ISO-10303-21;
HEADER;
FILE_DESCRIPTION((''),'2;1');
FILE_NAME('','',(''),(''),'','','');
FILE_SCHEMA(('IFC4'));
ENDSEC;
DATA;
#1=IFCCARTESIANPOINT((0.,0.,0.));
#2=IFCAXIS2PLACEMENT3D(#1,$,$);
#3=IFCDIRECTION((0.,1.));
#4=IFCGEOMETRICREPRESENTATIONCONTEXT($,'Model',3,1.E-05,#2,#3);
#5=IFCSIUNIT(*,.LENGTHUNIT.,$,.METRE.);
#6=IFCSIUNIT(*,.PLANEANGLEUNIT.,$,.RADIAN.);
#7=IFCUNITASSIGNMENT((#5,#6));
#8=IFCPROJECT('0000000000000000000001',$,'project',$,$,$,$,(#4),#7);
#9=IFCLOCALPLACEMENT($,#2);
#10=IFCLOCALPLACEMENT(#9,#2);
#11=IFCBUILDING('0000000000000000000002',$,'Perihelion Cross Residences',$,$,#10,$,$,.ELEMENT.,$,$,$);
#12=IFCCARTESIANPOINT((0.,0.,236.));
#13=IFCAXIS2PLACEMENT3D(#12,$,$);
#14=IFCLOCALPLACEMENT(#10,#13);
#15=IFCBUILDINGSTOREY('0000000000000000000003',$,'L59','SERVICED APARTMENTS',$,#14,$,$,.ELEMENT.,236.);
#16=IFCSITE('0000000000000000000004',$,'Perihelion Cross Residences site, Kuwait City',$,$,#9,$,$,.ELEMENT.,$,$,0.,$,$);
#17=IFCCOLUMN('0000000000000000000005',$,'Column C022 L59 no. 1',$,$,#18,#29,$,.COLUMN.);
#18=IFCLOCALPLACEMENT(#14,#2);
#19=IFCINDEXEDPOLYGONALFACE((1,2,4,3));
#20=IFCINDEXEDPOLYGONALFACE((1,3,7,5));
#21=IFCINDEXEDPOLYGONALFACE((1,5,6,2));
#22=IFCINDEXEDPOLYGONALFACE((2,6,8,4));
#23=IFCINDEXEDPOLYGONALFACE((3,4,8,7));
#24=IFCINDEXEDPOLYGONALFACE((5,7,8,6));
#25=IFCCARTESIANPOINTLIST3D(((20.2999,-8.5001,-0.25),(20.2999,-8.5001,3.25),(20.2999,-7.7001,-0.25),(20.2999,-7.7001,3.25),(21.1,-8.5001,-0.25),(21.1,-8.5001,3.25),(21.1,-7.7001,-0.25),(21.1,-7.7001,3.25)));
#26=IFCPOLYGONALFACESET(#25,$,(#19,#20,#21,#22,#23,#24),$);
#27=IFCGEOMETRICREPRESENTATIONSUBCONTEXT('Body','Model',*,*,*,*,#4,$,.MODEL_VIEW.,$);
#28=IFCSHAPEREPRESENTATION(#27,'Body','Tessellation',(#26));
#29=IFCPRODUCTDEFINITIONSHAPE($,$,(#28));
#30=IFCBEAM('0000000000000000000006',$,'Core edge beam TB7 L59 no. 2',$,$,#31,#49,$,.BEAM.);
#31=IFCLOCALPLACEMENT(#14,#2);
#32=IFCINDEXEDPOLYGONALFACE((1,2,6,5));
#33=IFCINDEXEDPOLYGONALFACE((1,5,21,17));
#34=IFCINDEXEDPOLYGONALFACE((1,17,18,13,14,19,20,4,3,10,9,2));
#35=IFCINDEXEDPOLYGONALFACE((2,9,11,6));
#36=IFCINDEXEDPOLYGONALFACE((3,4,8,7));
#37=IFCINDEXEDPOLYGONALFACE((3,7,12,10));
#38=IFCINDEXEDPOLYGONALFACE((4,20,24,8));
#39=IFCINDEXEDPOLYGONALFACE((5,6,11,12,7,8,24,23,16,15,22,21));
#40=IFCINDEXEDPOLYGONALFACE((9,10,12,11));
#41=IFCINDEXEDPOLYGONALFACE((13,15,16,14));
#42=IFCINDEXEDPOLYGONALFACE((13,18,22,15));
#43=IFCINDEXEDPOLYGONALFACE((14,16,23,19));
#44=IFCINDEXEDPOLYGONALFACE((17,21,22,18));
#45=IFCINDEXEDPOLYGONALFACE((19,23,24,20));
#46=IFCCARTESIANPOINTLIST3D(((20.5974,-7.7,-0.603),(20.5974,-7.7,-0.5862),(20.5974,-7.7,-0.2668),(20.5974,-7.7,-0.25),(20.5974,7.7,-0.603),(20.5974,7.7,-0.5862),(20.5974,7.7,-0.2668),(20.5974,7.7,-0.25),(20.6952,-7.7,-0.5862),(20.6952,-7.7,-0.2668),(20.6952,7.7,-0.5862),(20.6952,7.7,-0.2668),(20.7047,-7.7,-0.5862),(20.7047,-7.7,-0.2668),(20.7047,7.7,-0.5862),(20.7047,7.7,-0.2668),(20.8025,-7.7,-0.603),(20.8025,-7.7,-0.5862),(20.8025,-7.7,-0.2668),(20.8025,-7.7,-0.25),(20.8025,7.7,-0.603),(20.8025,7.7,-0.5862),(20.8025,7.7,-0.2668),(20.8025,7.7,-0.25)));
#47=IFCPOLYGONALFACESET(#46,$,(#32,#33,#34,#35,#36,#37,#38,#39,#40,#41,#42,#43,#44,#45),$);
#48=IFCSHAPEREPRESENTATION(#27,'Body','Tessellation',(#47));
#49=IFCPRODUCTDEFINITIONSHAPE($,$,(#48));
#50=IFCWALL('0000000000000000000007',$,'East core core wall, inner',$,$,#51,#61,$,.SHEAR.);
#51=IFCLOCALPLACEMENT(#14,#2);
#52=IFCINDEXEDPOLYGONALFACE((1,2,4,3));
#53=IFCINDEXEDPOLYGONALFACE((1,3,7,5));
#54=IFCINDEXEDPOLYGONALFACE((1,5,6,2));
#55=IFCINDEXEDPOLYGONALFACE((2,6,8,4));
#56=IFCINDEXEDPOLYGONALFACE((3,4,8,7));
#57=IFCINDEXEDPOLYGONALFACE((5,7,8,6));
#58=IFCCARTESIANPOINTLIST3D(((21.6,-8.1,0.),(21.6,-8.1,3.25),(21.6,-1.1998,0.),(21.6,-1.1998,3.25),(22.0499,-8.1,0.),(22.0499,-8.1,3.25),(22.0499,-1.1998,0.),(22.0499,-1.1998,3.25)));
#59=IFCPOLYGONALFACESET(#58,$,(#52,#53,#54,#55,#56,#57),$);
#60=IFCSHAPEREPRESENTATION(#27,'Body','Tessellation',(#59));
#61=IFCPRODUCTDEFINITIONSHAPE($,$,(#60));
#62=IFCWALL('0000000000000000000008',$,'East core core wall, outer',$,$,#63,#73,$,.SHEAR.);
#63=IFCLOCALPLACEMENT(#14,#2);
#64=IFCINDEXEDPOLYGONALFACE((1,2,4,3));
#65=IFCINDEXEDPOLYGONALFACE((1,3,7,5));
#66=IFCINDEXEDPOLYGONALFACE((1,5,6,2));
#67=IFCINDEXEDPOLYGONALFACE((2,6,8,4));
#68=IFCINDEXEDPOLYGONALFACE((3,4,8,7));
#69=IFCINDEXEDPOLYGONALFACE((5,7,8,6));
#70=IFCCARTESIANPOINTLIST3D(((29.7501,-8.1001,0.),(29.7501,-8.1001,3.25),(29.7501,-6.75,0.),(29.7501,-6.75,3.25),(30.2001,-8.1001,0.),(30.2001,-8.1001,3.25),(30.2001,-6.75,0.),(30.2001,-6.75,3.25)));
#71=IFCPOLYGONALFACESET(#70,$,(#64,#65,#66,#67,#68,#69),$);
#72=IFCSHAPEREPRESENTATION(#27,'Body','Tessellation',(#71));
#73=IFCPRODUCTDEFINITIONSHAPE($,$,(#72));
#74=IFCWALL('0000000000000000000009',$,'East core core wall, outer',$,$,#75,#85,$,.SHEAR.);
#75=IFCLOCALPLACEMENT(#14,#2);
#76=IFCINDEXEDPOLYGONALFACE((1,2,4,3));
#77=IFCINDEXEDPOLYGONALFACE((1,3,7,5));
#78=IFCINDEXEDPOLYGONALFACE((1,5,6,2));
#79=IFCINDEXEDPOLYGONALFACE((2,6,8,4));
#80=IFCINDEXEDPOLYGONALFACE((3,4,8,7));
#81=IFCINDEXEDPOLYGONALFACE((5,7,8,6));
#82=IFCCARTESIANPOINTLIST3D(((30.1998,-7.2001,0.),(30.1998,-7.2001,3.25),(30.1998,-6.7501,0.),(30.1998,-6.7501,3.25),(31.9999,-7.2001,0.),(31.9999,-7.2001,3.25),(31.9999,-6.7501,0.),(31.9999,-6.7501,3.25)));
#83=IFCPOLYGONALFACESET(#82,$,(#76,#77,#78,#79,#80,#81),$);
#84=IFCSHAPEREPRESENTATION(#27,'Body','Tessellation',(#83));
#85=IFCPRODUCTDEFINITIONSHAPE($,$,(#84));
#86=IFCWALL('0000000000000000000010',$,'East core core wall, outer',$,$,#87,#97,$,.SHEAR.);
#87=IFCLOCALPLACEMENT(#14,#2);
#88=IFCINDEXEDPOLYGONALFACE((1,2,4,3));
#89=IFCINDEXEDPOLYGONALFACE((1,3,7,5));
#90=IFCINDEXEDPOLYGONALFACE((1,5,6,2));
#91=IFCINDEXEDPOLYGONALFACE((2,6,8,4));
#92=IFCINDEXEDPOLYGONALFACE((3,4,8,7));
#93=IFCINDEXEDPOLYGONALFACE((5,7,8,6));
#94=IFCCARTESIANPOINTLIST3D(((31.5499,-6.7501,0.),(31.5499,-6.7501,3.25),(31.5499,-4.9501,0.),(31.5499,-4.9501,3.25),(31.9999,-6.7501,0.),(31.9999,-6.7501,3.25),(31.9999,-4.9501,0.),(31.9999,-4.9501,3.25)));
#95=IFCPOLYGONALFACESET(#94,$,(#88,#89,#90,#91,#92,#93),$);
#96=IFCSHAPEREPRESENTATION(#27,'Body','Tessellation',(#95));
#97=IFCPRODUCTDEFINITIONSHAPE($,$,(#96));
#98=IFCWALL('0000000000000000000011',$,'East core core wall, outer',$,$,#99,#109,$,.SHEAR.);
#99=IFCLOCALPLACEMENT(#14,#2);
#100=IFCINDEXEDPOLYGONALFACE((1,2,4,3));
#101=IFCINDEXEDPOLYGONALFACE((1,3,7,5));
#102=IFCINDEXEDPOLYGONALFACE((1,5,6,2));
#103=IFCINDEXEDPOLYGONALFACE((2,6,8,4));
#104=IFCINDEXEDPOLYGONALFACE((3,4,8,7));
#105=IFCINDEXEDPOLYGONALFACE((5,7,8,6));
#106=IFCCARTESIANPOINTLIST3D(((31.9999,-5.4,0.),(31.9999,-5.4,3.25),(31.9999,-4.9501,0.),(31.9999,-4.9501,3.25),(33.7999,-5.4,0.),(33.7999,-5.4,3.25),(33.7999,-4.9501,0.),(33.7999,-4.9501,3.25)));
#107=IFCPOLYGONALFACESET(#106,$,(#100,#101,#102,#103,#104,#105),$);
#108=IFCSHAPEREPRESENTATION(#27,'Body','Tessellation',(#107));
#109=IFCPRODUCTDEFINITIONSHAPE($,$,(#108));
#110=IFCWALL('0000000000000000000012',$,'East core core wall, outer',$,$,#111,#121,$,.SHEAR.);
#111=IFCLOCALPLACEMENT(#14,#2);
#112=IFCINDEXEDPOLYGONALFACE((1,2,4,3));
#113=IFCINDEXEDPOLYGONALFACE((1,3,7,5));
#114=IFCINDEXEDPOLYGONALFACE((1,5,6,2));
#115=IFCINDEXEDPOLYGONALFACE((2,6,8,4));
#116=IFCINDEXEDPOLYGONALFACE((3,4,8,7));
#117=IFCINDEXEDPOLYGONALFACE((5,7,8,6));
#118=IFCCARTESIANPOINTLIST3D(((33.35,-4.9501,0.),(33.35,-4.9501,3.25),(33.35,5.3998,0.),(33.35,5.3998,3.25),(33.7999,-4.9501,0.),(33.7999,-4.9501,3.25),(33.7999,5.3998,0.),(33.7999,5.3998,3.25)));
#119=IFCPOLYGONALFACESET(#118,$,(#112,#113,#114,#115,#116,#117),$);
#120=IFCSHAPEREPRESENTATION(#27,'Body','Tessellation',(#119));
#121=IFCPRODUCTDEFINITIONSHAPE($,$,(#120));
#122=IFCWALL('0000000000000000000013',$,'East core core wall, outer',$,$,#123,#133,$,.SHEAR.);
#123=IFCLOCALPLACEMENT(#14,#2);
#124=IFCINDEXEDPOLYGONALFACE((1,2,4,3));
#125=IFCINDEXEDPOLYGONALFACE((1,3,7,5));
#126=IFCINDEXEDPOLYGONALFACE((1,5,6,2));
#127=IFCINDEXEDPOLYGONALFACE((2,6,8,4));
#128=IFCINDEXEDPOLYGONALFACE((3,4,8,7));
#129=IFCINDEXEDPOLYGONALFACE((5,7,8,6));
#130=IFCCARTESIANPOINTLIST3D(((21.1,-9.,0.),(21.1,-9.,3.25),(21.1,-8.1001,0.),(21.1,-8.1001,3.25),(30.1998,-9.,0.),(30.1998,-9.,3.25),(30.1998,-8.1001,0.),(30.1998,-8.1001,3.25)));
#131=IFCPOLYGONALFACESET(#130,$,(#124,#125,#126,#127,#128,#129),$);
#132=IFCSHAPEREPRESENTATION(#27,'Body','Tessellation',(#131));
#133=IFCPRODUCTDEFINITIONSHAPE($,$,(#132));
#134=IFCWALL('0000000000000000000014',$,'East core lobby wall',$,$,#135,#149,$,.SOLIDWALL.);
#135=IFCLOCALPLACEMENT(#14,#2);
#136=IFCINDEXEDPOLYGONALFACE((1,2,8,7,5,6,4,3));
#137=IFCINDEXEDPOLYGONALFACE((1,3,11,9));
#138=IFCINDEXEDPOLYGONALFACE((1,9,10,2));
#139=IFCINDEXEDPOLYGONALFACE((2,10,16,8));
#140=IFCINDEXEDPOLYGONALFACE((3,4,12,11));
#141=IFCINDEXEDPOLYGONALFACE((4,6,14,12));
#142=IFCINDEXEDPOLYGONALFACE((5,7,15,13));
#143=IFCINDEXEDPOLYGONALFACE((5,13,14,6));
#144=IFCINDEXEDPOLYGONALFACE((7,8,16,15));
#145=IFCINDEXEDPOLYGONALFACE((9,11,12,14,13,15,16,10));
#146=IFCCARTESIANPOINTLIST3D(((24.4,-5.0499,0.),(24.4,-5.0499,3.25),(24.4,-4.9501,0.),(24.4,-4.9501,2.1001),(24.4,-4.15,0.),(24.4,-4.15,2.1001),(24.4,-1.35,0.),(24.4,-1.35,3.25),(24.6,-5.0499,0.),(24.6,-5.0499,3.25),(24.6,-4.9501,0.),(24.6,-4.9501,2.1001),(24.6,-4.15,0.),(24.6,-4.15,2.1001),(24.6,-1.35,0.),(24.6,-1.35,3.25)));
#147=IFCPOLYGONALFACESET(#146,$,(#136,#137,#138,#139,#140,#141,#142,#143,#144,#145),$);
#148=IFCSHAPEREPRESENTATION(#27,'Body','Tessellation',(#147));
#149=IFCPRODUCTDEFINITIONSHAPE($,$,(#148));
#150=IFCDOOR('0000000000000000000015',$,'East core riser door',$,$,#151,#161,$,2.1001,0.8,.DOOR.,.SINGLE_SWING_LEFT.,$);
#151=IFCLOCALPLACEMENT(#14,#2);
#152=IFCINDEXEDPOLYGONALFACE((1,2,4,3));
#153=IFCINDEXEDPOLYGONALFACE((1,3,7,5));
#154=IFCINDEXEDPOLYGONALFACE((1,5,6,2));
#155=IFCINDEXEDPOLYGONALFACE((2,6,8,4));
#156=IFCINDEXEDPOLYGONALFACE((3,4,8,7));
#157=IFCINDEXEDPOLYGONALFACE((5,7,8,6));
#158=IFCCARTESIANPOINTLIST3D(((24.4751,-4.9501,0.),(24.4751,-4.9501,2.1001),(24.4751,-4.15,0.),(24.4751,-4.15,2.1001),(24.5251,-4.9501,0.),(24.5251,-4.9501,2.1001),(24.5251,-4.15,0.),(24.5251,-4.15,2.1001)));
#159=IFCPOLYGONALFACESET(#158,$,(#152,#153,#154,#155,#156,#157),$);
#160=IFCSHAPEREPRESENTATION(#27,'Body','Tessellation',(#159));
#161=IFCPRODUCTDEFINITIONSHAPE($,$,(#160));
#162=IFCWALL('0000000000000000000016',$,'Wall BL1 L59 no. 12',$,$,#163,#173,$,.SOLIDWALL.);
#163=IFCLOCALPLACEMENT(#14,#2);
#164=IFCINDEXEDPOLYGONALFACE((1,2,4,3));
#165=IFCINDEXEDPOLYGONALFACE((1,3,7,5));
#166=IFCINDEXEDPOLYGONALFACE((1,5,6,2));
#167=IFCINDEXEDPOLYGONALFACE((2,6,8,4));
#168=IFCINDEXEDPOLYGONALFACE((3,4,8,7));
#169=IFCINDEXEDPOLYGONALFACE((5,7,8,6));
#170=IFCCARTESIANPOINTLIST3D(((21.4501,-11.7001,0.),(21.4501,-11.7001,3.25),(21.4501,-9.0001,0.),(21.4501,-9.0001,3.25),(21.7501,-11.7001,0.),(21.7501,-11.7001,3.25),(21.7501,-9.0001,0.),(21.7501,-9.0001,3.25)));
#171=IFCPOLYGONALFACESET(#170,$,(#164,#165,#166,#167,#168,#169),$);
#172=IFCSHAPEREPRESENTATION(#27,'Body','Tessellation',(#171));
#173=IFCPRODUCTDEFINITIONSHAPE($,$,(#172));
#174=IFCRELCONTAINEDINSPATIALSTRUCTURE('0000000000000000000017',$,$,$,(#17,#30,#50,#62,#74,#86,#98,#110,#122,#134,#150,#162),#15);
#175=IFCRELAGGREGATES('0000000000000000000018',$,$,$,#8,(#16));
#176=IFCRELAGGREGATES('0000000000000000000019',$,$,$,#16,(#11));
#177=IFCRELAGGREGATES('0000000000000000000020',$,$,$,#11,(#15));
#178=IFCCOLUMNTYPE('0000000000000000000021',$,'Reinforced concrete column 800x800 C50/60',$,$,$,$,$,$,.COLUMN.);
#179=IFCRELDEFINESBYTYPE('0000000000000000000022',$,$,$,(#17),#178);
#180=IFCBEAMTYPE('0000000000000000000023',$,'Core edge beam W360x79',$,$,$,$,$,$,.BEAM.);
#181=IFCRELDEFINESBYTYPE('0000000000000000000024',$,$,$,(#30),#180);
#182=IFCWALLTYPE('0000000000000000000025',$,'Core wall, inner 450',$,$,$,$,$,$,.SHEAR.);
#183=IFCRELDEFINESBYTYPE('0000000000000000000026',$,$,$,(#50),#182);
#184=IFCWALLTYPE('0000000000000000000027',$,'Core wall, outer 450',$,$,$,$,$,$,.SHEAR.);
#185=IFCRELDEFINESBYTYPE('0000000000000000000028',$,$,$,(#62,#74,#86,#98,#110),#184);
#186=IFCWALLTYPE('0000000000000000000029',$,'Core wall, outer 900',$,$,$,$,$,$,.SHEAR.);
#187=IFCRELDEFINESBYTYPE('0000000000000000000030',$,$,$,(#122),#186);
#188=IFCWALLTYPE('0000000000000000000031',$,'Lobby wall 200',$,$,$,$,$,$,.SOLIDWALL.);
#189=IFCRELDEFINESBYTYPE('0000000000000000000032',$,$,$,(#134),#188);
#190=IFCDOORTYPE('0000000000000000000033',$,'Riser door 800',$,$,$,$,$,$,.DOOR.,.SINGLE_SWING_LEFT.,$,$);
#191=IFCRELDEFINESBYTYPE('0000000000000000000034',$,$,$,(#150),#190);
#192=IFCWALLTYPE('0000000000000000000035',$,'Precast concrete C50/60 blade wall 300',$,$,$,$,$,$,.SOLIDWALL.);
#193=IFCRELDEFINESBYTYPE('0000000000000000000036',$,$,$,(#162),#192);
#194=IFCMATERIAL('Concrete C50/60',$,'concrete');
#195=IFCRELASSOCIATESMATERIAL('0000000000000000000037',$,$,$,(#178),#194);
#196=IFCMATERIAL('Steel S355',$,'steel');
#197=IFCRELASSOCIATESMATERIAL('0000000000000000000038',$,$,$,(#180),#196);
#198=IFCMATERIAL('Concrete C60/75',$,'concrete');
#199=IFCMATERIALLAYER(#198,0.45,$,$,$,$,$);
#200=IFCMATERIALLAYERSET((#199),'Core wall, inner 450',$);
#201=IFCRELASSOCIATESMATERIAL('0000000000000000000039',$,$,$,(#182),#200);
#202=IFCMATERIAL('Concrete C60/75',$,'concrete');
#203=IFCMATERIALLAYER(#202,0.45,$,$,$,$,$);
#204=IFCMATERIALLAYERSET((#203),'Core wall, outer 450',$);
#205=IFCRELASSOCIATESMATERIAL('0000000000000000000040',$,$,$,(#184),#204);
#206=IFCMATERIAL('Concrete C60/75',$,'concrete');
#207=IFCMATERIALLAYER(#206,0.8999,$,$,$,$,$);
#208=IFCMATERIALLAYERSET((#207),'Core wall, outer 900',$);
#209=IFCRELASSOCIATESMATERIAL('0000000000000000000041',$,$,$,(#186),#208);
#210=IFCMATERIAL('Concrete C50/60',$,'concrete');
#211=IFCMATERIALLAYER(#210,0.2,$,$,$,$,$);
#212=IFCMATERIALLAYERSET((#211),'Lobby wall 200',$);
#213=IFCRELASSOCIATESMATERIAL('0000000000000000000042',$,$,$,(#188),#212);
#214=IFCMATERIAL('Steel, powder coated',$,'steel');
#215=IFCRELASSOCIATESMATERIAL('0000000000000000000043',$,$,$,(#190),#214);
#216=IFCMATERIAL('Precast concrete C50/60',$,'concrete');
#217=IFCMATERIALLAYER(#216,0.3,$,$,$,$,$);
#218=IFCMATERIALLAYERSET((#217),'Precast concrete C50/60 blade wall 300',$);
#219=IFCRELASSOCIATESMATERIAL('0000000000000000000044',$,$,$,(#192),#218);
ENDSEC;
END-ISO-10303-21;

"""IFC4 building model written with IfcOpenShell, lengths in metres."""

from ifc_helpers import new_model, si_unit, direction, frame, frame_2d, origin, origin_2d, place, context, subcontext, project, spatial, rectangle, i_section, extrude, material, layer, layer_set, material_profile, profile_set, type_object, element, fill, save


model = new_model("IFC4")

# Units and contexts
model_context = context("Model", 3, precision=1e-05, world=origin(), true_north=direction((0.0, 1.0)))
body_context = subcontext(model_context, "Body", "Model", "MODEL_VIEW")
ifc_project = project(units=[si_unit("LENGTHUNIT", "METRE"), si_unit("PLANEANGLEUNIT", "RADIAN")], contexts=[model_context])

# Site, building, storey
site_placement = place(None, origin())
site = spatial("IfcSite", under=ifc_project, at=site_placement, Name="Perihelion Cross Residences site, Kuwait City", CompositionType="ELEMENT", RefElevation=0.0)
building_placement = place(site_placement, origin())
building = spatial("IfcBuilding", under=site, at=building_placement, Name="Perihelion Cross Residences", CompositionType="ELEMENT")
storey_placement = place(building_placement, frame((0.0, 0.0, 236.0)))
storey = spatial("IfcBuildingStorey", under=building, at=storey_placement, Name="L59", Description="SERVICED APARTMENTS", CompositionType="ELEMENT", Elevation=236.0)

# Column
ifc_material_1 = material(Name="Concrete C50/60", Category="concrete")
ifc_material_profile_1 = material_profile(ifc_material_1, rectangle(XDim=0.8, YDim=0.8, at=origin_2d()), Name="RC 800x800")
ifc_profile_set_1 = profile_set([ifc_material_profile_1], Name="Concrete C50/60")
column_type = type_object("IfcColumnType", Name="Reinforced concrete column 800x800 C50/60", PredefinedType="COLUMN", material=ifc_profile_set_1)
column_placement = place(storey_placement, frame((20.7, -8.1001, -0.25), z_axis=(0.0, 0.0, 1.0), x_axis=(1.0, 0.0, 0.0)))
element("IfcColumn", 1, at=column_placement, inside=storey, type_object=column_type, Name="Column C022 L59 no. 1", PredefinedType="COLUMN", context=body_context, shape_type="SweptSolid", body=[
    extrude(rectangle(XDim=0.8, YDim=0.8, at=origin_2d()), origin(), (0.0, 0.0, 1.0), 3.5),
])

# Beam
ifc_material_2 = material(Name="Steel S355", Category="steel")
ifc_material_profile_2 = material_profile(ifc_material_2, i_section(OverallWidth=0.2051, OverallDepth=0.353, WebThickness=0.0095, FlangeThickness=0.0168, at=origin_2d()), Name="W360x79")
ifc_profile_set_2 = profile_set([ifc_material_profile_2], Name="Steel S355")
beam_type = type_object("IfcBeamType", Name="Core edge beam W360x79", PredefinedType="BEAM", material=ifc_profile_set_2)
beam_placement = place(storey_placement, frame((20.7, -7.7, -0.4265), z_axis=(0.0, 1.0, 0.0), x_axis=(-1.0, 0.0, 0.0)))
element("IfcBeam", 2, at=beam_placement, inside=storey, type_object=beam_type, Name="Core edge beam TB7 L59 no. 2", PredefinedType="BEAM", context=body_context, shape_type="SweptSolid", body=[
    extrude(i_section(OverallWidth=0.2051, OverallDepth=0.353, WebThickness=0.0095, FlangeThickness=0.0168, at=origin_2d()), origin(), (0.0, 0.0, 1.0), 15.3999),
])

# Walls
ifc_material_3 = material(Name="Concrete C60/75", Category="concrete")
ifc_layer_1 = layer(ifc_material_3, 0.45)
ifc_layer_set_1 = layer_set([ifc_layer_1], Name="Core wall, inner 450")
wall_type_1 = type_object("IfcWallType", Name="Core wall, inner 450", PredefinedType="SHEAR", material=ifc_layer_set_1)
wall_1_placement = place(storey_placement, frame((21.825, -8.1001, 0.0), z_axis=(0.0, 0.0, 1.0), x_axis=(0.0, 1.0, 0.0)))
element("IfcWall", 3, at=wall_1_placement, inside=storey, type_object=wall_type_1, Name="East core core wall, inner", PredefinedType="SHEAR", context=body_context, shape_type="SweptSolid", body=[
    extrude(rectangle(XDim=6.9001, YDim=0.45, at=frame_2d((3.4502, 0.0))), origin(), (0.0, 0.0, 1.0), 3.25),
])
ifc_material_4 = material(Name="Concrete C60/75", Category="concrete")
ifc_layer_2 = layer(ifc_material_4, 0.45)
ifc_layer_set_2 = layer_set([ifc_layer_2], Name="Core wall, outer 450")
wall_type_2 = type_object("IfcWallType", Name="Core wall, outer 450", PredefinedType="SHEAR", material=ifc_layer_set_2)
wall_2_placement = place(storey_placement, frame((29.9751, -8.1001, 0.0), z_axis=(0.0, 0.0, 1.0), x_axis=(0.0, 1.0, 0.0)))
element("IfcWall", 4, at=wall_2_placement, inside=storey, type_object=wall_type_2, Name="East core core wall, outer", PredefinedType="SHEAR", context=body_context, shape_type="SweptSolid", body=[
    extrude(rectangle(XDim=1.3501, YDim=0.45, at=frame_2d((0.675, 0.0))), origin(), (0.0, 0.0, 1.0), 3.25),
])
for number, where, z_axis, x_axis, name in (
    (5, (30.2, -6.9751, 0.0), (0.0, 0.0, 1.0), (1.0, 0.0, 0.0), "East core core wall, outer"),
    (6, (31.7749, -6.75, 0.0), (0.0, 0.0, 1.0), (0.0, 1.0, 0.0), "East core core wall, outer"),
    (7, (32.0, -5.175, 0.0), (0.0, 0.0, 1.0), (1.0, 0.0, 0.0), "East core core wall, outer"),
):
    element("IfcWall", number, at=place(storey_placement, frame(where, z_axis=z_axis, x_axis=x_axis)), inside=storey, type_object=wall_type_2, Name=name, PredefinedType="SHEAR", context=body_context, shape_type="SweptSolid", body=[
        extrude(rectangle(XDim=1.8, YDim=0.45, at=frame_2d((0.8999, 0.0))), origin(), (0.0, 0.0, 1.0), 3.25),
    ])
wall_3_placement = place(storey_placement, frame((33.575, -4.95, 0.0), z_axis=(0.0, 0.0, 1.0), x_axis=(0.0, 1.0, 0.0)))
element("IfcWall", 8, at=wall_3_placement, inside=storey, type_object=wall_type_2, Name="East core core wall, outer", PredefinedType="SHEAR", context=body_context, shape_type="SweptSolid", body=[
    extrude(rectangle(XDim=10.3499, YDim=0.45, at=frame_2d((5.1748, 0.0))), origin(), (0.0, 0.0, 1.0), 3.25),
])
ifc_material_5 = material(Name="Concrete C60/75", Category="concrete")
ifc_layer_3 = layer(ifc_material_5, 0.8999)
ifc_layer_set_3 = layer_set([ifc_layer_3], Name="Core wall, outer 900")
wall_type_3 = type_object("IfcWallType", Name="Core wall, outer 900", PredefinedType="SHEAR", material=ifc_layer_set_3)
wall_4_placement = place(storey_placement, frame((21.1001, -8.55, 0.0), z_axis=(0.0, 0.0, 1.0), x_axis=(1.0, 0.0, 0.0)))
element("IfcWall", 9, at=wall_4_placement, inside=storey, type_object=wall_type_3, Name="East core core wall, outer", PredefinedType="SHEAR", context=body_context, shape_type="SweptSolid", body=[
    extrude(rectangle(XDim=9.0999, YDim=0.8999, at=frame_2d((4.5498, 0.0))), origin(), (0.0, 0.0, 1.0), 3.25),
])

# Wall, opening, door
ifc_material_6 = material(Name="Concrete C50/60", Category="concrete")
ifc_layer_4 = layer(ifc_material_6, 0.2)
ifc_layer_set_4 = layer_set([ifc_layer_4], Name="Lobby wall 200")
wall_type_4 = type_object("IfcWallType", Name="Lobby wall 200", PredefinedType="SOLIDWALL", material=ifc_layer_set_4)
wall_5_placement = place(storey_placement, frame((24.5, -5.05, 0.0), z_axis=(0.0, 0.0, 1.0), x_axis=(0.0, 1.0, 0.0)))
wall_5 = element("IfcWall", 10, at=wall_5_placement, inside=storey, type_object=wall_type_4, Name="East core lobby wall", PredefinedType="SOLIDWALL", context=body_context, shape_type="SweptSolid", body=[
    extrude(rectangle(XDim=3.7, YDim=0.2, at=frame_2d((1.8501, 0.0))), origin(), (0.0, 0.0, 1.0), 3.25),
])
opening_1_placement = place(wall_5_placement, frame((0.1001, 0.0, 0.0)))
opening_1 = element("IfcOpeningElement", 11, at=opening_1_placement, cuts=wall_5, PredefinedType="OPENING", context=body_context, shape_type="SweptSolid", body=[
    extrude(rectangle(XDim=0.8, YDim=2.1001, at=frame_2d((0.3999, 1.05))), frame((0.0, 0.1099, 0.0), z_axis=(0.0, -1.0, 0.0), x_axis=(1.0, 0.0, 0.0)), (0.0, 0.0, 1.0), 0.22),
])
ifc_material_7 = material(Name="Steel, powder coated", Category="steel")
door_type_1 = type_object("IfcDoorType", Name="Riser door 800", OperationType="SINGLE_SWING_LEFT", PredefinedType="DOOR", material=ifc_material_7)
door_1_placement = place(opening_1_placement, origin())
door_1 = element("IfcDoor", 12, at=door_1_placement, inside=storey, type_object=door_type_1, Name="East core riser door", OperationType="SINGLE_SWING_LEFT", OverallHeight=2.1001, OverallWidth=0.8, PredefinedType="DOOR", context=body_context, shape_type="SweptSolid", body=[
    extrude(rectangle(XDim=0.8, YDim=2.1001, at=frame_2d((0.3999, 1.05))), frame((0.0, 0.0249, 0.0), z_axis=(0.0, -1.0, 0.0), x_axis=(1.0, 0.0, 0.0)), (0.0, 0.0, 1.0), 0.05),
])
fill(opening_1, door_1)

# Wall
ifc_material_8 = material(Name="Precast concrete C50/60", Category="concrete")
ifc_layer_5 = layer(ifc_material_8, 0.3)
ifc_layer_set_5 = layer_set([ifc_layer_5], Name="Precast concrete C50/60 blade wall 300")
wall_type_5 = type_object("IfcWallType", Name="Precast concrete C50/60 blade wall 300", PredefinedType="SOLIDWALL", material=ifc_layer_set_5)
wall_6_placement = place(storey_placement, frame((21.6001, -9.0, 0.0), z_axis=(0.0, 0.0, 1.0), x_axis=(0.0, -1.0, 0.0)))
element("IfcWall", 13, at=wall_6_placement, inside=storey, type_object=wall_type_5, Name="Wall BL1 L59 no. 12", PredefinedType="SOLIDWALL", context=body_context, shape_type="SweptSolid", body=[
    extrude(rectangle(XDim=2.7, YDim=0.3, at=frame_2d((1.3501, 0.0))), origin(), (0.0, 0.0, 1.0), 3.25),
])

save(model, "model.ifc")
